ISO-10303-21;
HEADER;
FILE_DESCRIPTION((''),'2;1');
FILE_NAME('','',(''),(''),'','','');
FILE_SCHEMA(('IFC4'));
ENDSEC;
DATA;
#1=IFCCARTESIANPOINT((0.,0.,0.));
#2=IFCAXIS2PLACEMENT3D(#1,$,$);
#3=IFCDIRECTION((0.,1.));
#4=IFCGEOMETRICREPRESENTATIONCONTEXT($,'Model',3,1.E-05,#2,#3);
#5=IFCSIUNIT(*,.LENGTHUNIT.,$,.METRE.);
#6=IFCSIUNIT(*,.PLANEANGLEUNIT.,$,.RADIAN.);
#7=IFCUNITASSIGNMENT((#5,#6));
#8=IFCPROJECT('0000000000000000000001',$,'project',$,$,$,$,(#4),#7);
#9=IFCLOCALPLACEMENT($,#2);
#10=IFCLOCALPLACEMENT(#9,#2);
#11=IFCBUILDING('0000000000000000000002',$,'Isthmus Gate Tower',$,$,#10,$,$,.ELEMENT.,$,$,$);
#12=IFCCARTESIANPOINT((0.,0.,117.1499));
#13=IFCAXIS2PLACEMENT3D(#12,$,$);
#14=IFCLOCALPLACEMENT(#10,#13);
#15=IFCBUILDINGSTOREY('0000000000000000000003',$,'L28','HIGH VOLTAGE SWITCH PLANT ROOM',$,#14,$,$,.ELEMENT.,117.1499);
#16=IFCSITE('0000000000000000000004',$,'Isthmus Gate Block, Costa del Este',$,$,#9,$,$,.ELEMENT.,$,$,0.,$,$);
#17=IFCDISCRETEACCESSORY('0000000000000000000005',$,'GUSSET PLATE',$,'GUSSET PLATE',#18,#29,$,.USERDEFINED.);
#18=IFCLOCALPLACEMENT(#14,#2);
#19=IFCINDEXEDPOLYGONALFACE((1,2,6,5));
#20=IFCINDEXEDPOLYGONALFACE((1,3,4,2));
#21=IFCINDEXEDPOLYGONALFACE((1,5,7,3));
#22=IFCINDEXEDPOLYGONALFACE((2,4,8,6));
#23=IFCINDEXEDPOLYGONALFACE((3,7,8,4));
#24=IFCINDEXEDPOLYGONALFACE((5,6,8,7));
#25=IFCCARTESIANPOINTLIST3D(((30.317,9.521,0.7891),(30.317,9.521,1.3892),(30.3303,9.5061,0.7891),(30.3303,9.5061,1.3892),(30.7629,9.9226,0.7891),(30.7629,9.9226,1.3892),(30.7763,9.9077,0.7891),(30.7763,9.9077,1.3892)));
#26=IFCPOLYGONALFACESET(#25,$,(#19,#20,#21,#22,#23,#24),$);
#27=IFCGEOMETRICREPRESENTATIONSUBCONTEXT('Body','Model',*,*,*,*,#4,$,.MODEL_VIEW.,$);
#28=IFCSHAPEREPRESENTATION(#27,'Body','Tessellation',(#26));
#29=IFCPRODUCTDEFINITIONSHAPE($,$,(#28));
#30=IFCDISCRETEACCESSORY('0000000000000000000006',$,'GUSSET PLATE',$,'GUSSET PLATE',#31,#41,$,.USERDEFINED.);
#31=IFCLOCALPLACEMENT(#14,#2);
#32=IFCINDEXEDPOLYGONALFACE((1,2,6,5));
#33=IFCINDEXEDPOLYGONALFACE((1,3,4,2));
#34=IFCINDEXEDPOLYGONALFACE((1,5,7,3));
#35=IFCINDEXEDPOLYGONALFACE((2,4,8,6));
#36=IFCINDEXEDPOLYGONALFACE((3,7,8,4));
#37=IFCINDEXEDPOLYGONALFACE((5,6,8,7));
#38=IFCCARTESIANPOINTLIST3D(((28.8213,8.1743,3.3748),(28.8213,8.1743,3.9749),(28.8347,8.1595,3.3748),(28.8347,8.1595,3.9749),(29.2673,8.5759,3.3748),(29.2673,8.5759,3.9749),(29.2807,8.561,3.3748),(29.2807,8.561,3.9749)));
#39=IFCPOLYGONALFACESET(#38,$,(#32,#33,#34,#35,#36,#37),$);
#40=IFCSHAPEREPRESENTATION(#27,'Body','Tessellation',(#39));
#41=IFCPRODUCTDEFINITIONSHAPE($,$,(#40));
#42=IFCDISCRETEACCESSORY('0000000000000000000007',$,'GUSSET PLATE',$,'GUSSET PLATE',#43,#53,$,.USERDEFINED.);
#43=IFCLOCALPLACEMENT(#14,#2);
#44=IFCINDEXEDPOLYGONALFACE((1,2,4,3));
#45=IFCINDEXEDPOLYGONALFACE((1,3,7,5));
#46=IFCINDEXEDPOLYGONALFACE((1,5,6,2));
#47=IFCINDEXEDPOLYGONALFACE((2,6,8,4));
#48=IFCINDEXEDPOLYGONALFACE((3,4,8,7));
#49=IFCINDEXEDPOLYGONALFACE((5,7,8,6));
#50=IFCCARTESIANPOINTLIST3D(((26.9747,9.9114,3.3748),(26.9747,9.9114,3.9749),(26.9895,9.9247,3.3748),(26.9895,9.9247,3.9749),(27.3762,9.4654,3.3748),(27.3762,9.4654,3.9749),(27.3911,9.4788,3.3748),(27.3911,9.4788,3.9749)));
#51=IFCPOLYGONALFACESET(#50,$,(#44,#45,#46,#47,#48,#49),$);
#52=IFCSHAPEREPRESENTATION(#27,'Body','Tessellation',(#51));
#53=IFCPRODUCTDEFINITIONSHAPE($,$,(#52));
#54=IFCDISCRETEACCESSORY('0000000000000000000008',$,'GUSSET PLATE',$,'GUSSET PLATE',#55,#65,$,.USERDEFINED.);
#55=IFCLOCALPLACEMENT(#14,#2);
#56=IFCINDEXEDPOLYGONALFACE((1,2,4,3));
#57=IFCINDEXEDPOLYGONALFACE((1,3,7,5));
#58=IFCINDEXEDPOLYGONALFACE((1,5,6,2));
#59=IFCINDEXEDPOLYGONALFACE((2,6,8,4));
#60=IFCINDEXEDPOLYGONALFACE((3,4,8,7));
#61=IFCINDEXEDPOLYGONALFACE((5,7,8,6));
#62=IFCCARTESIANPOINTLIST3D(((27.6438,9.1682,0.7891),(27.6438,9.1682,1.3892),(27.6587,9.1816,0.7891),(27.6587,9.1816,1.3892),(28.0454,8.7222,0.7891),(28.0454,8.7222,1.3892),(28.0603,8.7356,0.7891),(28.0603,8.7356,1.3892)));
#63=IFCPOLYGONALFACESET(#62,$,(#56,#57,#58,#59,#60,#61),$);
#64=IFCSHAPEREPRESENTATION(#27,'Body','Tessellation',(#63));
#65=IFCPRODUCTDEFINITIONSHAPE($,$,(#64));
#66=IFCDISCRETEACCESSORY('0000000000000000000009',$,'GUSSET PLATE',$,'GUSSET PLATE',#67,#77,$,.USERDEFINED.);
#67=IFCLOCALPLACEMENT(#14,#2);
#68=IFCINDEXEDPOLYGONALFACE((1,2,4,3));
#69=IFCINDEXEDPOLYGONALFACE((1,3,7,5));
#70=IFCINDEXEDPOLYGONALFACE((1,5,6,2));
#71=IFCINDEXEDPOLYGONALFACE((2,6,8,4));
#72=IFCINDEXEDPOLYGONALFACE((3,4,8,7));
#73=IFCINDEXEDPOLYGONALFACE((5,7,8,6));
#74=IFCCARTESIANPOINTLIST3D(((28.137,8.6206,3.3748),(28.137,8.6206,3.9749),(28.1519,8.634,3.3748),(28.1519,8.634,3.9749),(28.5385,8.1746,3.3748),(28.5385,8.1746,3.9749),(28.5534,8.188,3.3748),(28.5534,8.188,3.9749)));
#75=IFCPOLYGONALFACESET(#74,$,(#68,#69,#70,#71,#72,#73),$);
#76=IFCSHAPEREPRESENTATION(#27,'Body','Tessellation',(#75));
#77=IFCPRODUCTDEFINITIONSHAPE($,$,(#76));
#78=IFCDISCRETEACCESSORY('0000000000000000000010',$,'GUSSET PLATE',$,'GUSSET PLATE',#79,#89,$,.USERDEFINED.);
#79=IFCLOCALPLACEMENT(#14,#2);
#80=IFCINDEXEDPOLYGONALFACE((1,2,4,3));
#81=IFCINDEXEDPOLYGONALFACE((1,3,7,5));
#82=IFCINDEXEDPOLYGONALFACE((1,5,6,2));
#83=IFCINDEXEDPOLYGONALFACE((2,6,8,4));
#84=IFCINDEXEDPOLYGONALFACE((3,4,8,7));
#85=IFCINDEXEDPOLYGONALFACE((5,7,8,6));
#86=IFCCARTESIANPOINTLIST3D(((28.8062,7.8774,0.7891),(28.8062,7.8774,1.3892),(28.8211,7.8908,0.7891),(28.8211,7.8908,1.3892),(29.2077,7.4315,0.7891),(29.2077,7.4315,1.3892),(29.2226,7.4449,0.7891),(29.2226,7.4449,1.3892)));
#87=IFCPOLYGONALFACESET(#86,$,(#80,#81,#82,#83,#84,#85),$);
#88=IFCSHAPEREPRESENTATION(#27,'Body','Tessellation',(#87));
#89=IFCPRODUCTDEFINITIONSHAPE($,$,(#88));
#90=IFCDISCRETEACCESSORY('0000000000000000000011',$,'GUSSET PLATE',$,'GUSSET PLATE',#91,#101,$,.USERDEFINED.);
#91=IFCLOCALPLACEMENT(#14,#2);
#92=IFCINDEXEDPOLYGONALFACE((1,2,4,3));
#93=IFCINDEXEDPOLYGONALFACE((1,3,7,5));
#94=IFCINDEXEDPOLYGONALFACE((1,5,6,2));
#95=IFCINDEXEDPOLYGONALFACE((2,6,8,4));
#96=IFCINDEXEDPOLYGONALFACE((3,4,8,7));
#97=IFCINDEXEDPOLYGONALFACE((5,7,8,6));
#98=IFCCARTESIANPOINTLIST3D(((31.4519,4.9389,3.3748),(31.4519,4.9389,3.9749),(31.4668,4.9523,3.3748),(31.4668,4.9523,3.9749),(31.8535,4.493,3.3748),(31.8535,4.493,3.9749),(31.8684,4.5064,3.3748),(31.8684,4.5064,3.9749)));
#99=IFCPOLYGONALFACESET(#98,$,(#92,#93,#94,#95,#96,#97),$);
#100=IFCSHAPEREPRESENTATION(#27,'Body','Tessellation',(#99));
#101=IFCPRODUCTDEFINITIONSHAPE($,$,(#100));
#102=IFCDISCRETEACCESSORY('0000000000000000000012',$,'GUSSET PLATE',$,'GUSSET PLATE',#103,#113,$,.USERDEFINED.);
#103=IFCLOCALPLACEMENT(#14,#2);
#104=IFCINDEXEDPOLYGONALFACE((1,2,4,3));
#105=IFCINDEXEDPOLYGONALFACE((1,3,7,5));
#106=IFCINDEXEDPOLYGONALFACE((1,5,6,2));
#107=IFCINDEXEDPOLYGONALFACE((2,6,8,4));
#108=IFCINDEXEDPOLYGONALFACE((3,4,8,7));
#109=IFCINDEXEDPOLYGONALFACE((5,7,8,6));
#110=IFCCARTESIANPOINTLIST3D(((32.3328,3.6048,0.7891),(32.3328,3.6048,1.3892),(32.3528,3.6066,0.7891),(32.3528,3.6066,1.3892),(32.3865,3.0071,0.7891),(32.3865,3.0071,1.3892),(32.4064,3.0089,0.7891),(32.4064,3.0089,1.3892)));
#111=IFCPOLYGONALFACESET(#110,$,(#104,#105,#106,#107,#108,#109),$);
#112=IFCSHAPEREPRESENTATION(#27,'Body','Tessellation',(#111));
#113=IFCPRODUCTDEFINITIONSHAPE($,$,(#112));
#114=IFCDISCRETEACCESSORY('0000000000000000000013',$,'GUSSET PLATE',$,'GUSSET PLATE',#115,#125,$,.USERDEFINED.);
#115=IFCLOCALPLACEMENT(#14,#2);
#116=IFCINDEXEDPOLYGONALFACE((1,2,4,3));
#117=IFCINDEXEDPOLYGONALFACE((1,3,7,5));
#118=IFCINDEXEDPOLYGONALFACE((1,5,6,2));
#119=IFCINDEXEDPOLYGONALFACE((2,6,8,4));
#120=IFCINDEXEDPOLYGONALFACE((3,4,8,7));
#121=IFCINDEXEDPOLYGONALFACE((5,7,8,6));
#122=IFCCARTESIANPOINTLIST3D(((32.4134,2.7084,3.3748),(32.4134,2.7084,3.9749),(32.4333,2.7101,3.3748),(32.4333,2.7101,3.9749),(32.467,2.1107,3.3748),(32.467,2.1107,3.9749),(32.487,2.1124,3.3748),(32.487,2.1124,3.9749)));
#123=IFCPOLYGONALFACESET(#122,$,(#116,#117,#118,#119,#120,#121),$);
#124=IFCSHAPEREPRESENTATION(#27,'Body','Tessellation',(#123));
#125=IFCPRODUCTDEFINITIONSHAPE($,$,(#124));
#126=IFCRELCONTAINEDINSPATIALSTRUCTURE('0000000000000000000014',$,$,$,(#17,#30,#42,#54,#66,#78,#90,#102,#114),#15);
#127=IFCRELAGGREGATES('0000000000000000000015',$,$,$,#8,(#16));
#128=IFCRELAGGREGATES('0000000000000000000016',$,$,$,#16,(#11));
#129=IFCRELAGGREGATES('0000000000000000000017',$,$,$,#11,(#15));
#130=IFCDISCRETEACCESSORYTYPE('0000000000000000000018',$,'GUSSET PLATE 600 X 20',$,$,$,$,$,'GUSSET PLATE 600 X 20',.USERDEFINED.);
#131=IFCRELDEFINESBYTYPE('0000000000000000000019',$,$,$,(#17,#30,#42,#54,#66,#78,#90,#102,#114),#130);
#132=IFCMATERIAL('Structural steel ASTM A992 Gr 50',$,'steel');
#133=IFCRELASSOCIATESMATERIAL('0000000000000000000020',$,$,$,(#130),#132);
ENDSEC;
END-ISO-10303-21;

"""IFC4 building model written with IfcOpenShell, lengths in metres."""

from ifc_helpers import new_model, si_unit, direction, frame, origin, origin_2d, place, context, subcontext, project, spatial, rectangle, extrude, material, type_object, element, save


model = new_model("IFC4")

# Units and contexts
model_context = context("Model", 3, precision=1e-05, world=origin(), true_north=direction((0.0, 1.0)))
body_context = subcontext(model_context, "Body", "Model", "MODEL_VIEW")
ifc_project = project(units=[si_unit("LENGTHUNIT", "METRE"), si_unit("PLANEANGLEUNIT", "RADIAN")], contexts=[model_context])

# Site, building, storey
site_placement = place(None, origin())
site = spatial("IfcSite", under=ifc_project, at=site_placement, Name="Isthmus Gate Block, Costa del Este", CompositionType="ELEMENT", RefElevation=0.0)
building_placement = place(site_placement, origin())
building = spatial("IfcBuilding", under=site, at=building_placement, Name="Isthmus Gate Tower", CompositionType="ELEMENT")
storey_placement = place(building_placement, frame((0.0, 0.0, 117.1499)))
storey = spatial("IfcBuildingStorey", under=building, at=storey_placement, Name="L28", Description="HIGH VOLTAGE SWITCH PLANT ROOM", CompositionType="ELEMENT", Elevation=117.1499)

# Discrete accessories
ifc_material_1 = material(Name="Structural steel ASTM A992 Gr 50", Category="steel")
discrete_accessory_type = type_object("IfcDiscreteAccessoryType", Name="GUSSET PLATE 600 X 20", ElementType="GUSSET PLATE 600 X 20", PredefinedType="USERDEFINED", material=ifc_material_1)
for number, where, z_axis, x_axis, name in (
    (1, (30.5466, 9.7144, 0.7891), (0.0, 0.0, 1.0), (-0.743145, -0.669131, 0.0), "GUSSET PLATE"),
    (2, (29.051, 8.3677, 3.3748), (0.0, 0.0, 1.0), (-0.743145, -0.669131, 0.0), "GUSSET PLATE"),
    (3, (27.1829, 9.6951, 3.3748), (0.0, 0.0, 1.0), (0.669131, -0.743145, 0.0), "GUSSET PLATE"),
    (4, (27.8521, 8.9519, 0.7891), (0.0, 0.0, 1.0), (0.669131, -0.743145, 0.0), "GUSSET PLATE"),
    (5, (28.3452, 8.4043, 3.3748), (0.0, 0.0, 1.0), (0.669131, -0.743145, 0.0), "GUSSET PLATE"),
    (6, (29.0144, 7.6611, 0.7891), (0.0, 0.0, 1.0), (0.669131, -0.743145, 0.0), "GUSSET PLATE"),
    (7, (31.6602, 4.7227, 3.3748), (0.0, 0.0, 1.0), (0.669131, -0.743145, 0.0), "GUSSET PLATE"),
    (8, (32.3696, 3.3069, 0.7891), (0.0, 0.0, 1.0), (0.089397, -0.995996, 0.0), "GUSSET PLATE"),
    (9, (32.4502, 2.4104, 3.3748), (0.0, 0.0, 1.0), (0.089397, -0.995996, 0.0), "GUSSET PLATE"),
):
    element("IfcDiscreteAccessory", number, at=place(storey_placement, frame(where, z_axis=z_axis, x_axis=x_axis)), inside=storey, type_object=discrete_accessory_type, Name=name, ObjectType="GUSSET PLATE", PredefinedType="USERDEFINED", context=body_context, shape_type="SweptSolid", body=[
        extrude(rectangle(XDim=0.6001, YDim=0.02, at=origin_2d()), origin(), (0.0, 0.0, 1.0), 0.6001),
    ])

save(model, "model.ifc")
